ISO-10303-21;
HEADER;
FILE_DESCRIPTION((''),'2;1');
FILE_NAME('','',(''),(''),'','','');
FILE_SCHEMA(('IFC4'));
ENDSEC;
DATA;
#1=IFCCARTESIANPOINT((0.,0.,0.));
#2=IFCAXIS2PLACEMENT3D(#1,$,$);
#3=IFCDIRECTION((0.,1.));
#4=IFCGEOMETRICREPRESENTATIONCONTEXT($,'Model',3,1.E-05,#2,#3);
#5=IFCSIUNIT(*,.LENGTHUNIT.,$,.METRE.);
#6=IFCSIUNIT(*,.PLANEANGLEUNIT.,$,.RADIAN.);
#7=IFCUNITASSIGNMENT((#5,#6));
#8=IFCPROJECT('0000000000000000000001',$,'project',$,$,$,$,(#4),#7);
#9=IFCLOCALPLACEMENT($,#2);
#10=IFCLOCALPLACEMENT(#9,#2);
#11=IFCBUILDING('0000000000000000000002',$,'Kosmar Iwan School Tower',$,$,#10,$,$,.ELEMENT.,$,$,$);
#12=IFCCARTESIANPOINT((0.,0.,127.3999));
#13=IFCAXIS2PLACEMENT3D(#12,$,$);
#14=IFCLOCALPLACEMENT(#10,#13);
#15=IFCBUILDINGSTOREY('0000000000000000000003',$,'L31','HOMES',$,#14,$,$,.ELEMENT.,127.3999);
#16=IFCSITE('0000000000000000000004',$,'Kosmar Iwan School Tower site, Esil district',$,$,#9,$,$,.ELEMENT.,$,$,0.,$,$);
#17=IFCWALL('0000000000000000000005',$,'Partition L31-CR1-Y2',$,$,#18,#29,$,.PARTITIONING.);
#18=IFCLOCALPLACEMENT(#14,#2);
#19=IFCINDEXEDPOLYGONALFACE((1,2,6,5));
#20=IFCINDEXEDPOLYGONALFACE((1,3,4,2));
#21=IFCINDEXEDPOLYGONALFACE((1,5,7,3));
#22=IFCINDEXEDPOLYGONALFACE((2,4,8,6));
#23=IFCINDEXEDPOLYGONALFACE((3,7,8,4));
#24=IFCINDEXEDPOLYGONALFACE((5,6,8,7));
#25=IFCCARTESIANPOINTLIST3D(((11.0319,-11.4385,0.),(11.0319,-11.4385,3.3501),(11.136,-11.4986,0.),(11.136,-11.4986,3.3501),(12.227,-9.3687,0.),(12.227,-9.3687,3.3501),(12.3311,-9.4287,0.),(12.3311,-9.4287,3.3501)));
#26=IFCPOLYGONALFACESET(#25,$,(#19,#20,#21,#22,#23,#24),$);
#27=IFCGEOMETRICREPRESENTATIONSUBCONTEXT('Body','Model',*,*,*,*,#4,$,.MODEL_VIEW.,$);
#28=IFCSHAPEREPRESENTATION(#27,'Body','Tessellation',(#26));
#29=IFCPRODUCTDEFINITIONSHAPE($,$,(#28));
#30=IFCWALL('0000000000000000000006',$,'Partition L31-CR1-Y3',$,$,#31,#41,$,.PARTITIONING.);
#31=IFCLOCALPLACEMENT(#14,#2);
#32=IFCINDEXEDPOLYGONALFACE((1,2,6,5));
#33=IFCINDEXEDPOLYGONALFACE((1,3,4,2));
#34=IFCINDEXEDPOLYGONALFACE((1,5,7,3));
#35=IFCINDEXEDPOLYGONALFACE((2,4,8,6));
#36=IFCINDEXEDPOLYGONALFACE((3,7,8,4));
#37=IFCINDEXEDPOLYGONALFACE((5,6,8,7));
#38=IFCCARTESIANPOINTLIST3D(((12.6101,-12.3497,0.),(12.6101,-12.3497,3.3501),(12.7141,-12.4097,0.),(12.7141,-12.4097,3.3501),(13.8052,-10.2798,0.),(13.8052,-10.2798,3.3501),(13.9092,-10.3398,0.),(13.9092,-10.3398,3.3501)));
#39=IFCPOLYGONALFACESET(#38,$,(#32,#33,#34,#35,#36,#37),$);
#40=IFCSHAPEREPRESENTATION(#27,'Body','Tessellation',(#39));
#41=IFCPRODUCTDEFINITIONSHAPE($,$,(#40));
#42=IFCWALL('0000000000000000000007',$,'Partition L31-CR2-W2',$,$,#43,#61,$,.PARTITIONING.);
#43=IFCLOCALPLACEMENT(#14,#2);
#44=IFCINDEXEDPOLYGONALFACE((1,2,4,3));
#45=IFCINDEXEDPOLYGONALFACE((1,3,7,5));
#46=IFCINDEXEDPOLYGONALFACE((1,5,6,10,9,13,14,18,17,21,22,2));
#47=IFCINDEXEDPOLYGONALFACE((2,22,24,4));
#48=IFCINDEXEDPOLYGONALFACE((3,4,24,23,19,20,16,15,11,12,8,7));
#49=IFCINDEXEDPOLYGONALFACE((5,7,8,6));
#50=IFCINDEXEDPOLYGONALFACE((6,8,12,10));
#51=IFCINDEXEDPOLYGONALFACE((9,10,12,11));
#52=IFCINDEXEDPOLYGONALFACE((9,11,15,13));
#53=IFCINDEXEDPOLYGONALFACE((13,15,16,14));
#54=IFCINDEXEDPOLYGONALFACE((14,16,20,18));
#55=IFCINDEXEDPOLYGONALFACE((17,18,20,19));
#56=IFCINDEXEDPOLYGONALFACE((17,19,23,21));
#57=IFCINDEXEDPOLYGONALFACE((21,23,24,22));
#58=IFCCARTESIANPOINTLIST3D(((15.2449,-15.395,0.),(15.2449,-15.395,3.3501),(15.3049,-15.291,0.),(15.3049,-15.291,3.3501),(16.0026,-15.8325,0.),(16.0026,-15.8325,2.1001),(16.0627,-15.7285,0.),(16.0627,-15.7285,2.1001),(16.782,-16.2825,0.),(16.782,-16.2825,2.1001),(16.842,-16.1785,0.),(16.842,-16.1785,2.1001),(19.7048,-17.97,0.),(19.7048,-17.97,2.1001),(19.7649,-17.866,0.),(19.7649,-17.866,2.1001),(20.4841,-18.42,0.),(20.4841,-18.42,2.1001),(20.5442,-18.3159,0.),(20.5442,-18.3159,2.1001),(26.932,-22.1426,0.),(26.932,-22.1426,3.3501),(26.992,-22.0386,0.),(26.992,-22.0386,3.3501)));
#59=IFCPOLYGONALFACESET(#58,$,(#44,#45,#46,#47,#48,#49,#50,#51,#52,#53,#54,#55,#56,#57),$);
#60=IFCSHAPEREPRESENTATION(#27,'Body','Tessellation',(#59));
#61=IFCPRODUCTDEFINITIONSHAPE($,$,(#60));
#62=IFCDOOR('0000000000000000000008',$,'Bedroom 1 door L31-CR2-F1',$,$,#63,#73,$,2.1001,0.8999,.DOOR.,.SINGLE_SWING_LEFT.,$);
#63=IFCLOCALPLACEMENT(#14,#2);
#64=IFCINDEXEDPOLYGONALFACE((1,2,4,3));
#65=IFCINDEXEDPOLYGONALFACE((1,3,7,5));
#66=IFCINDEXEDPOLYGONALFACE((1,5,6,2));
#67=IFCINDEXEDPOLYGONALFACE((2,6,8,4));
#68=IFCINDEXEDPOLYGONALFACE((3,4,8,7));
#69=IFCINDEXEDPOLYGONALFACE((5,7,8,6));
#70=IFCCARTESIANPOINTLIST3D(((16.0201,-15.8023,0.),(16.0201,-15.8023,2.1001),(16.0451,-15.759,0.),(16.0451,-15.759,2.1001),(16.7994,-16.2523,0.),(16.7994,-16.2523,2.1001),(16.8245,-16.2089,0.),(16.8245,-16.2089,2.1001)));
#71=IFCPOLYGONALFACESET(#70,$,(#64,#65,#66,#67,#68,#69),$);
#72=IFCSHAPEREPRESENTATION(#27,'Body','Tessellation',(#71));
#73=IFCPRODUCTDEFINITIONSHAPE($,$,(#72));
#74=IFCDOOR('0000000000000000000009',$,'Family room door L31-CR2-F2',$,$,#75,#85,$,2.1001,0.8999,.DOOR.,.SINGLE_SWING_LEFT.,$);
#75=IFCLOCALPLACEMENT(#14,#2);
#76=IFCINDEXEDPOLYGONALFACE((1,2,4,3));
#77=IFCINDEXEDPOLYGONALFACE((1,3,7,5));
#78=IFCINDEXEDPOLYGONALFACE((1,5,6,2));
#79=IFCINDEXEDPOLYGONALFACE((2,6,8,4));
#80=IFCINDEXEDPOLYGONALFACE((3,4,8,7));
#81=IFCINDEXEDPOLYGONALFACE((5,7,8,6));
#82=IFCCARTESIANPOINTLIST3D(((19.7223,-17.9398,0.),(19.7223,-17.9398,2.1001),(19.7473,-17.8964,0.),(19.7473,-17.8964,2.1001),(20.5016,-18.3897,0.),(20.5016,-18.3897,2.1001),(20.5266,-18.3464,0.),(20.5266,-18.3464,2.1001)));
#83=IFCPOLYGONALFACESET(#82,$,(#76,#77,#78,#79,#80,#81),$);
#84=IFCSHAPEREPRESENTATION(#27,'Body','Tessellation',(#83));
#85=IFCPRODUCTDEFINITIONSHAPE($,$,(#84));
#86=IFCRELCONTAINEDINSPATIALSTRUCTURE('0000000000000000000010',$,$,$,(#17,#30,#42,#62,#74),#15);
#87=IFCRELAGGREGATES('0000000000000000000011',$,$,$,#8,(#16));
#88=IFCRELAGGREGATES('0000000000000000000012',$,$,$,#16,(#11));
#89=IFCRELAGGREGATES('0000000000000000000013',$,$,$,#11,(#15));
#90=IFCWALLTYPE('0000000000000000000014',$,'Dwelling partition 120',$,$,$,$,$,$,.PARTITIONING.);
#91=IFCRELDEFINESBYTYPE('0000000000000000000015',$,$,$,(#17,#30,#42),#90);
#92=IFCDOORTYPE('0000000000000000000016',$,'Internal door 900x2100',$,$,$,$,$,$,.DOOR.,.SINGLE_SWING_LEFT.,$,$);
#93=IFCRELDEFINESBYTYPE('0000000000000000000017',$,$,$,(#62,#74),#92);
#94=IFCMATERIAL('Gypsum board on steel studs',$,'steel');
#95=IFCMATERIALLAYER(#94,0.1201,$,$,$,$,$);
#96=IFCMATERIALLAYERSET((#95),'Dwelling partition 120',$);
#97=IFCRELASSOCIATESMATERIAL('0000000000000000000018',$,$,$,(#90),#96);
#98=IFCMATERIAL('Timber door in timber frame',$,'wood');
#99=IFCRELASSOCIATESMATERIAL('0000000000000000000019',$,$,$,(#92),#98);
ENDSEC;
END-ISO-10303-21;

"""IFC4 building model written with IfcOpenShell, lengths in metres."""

from ifc_helpers import new_model, si_unit, direction, frame, frame_2d, origin, place, context, subcontext, project, spatial, rectangle, extrude, material, layer, layer_set, type_object, element, fill, save


model = new_model("IFC4")

# Units and contexts
model_context = context("Model", 3, precision=1e-05, world=origin(), true_north=direction((0.0, 1.0)))
body_context = subcontext(model_context, "Body", "Model", "MODEL_VIEW")
ifc_project = project(units=[si_unit("LENGTHUNIT", "METRE"), si_unit("PLANEANGLEUNIT", "RADIAN")], contexts=[model_context])

# Site, building, storey
site_placement = place(None, origin())
site = spatial("IfcSite", under=ifc_project, at=site_placement, Name="Kosmar Iwan School Tower site, Esil district", CompositionType="ELEMENT", RefElevation=0.0)
building_placement = place(site_placement, origin())
building = spatial("IfcBuilding", under=site, at=building_placement, Name="Kosmar Iwan School Tower", CompositionType="ELEMENT")
storey_placement = place(building_placement, frame((0.0, 0.0, 127.3999)))
storey = spatial("IfcBuildingStorey", under=building, at=storey_placement, Name="L31", Description="HOMES", CompositionType="ELEMENT", Elevation=127.3999)

# Walls
ifc_material_1 = material(Name="Gypsum board on steel studs", Category="steel")
ifc_layer_1 = layer(ifc_material_1, 0.1201)
ifc_layer_set_1 = layer_set([ifc_layer_1], Name="Dwelling partition 120")
wall_type_1 = type_object("IfcWallType", Name="Dwelling partition 120", PredefinedType="PARTITIONING", material=ifc_layer_set_1)
for number, where, z_axis, x_axis, name in (
    (1, (12.2791, -9.3987, 0.0), (0.0, 0.0, 1.0), (-0.500017, -0.866015, 0.0), "Partition L31-CR1-Y2"),
    (2, (13.8572, -10.3098, 0.0), (0.0, 0.0, 1.0), (-0.500017, -0.866015, 0.0), "Partition L31-CR1-Y3"),
):
    element("IfcWall", number, at=place(storey_placement, frame(where, z_axis=z_axis, x_axis=x_axis)), inside=storey, type_object=wall_type_1, Name=name, PredefinedType="PARTITIONING", context=body_context, shape_type="SweptSolid", body=[
        extrude(rectangle(XDim=2.3901, YDim=0.1201, at=frame_2d((1.1951, 0.0))), origin(), (0.0, 0.0, 1.0), 3.3501),
    ])

# Wall, openings, doors
wall_1_placement = place(storey_placement, frame((15.2749, -15.343, 0.0), z_axis=(0.0, 0.0, 1.0), x_axis=(0.866024, -0.500003, 0.0)))
wall_1 = element("IfcWall", 3, at=wall_1_placement, inside=storey, type_object=wall_type_1, Name="Partition L31-CR2-W2", PredefinedType="PARTITIONING", context=body_context, shape_type="SweptSolid", body=[
    extrude(rectangle(XDim=13.4951, YDim=0.1201, at=frame_2d((6.7476, 0.0))), origin(), (0.0, 0.0, 1.0), 3.3501),
])
opening_1_placement = place(wall_1_placement, frame((0.875, 0.0, 0.0)))
opening_1 = element("IfcOpeningElement", 4, at=opening_1_placement, cuts=wall_1, PredefinedType="OPENING", context=body_context, shape_type="SweptSolid", body=[
    extrude(rectangle(XDim=0.8999, YDim=2.1001, at=frame_2d((0.45, 1.05))), frame((0.0, 0.072, 0.0), z_axis=(0.0, -1.0, 0.0), x_axis=(1.0, 0.0, 0.0)), (0.0, 0.0, 1.0), 0.144),
])
opening_2_placement = place(wall_1_placement, frame((5.1499, 0.0, 0.0)))
opening_2 = element("IfcOpeningElement", 5, at=opening_2_placement, cuts=wall_1, PredefinedType="OPENING", context=body_context, shape_type="SweptSolid", body=[
    extrude(rectangle(XDim=0.8999, YDim=2.1001, at=frame_2d((0.45, 1.05))), frame((0.0, 0.072, 0.0), z_axis=(0.0, -1.0, 0.0), x_axis=(1.0, 0.0, 0.0)), (0.0, 0.0, 1.0), 0.144),
])
ifc_material_2 = material(Name="Timber door in timber frame", Category="wood")
door_type_1 = type_object("IfcDoorType", Name="Internal door 900x2100", OperationType="SINGLE_SWING_LEFT", PredefinedType="DOOR", material=ifc_material_2)
door_1_placement = place(opening_1_placement, origin())
door_1 = element("IfcDoor", 6, at=door_1_placement, inside=storey, type_object=door_type_1, Name="Bedroom 1 door L31-CR2-F1", OperationType="SINGLE_SWING_LEFT", OverallHeight=2.1001, OverallWidth=0.8999, PredefinedType="DOOR", context=body_context, shape_type="SweptSolid", body=[
    extrude(rectangle(XDim=0.8999, YDim=2.1001, at=frame_2d((0.45, 1.05))), frame((0.0, 0.0249, 0.0), z_axis=(0.0, -1.0, 0.0), x_axis=(1.0, 0.0, 0.0)), (0.0, 0.0, 1.0), 0.05),
])
fill(opening_1, door_1)
door_2_placement = place(opening_2_placement, origin())
door_2 = element("IfcDoor", 7, at=door_2_placement, inside=storey, type_object=door_type_1, Name="Family room door L31-CR2-F2", OperationType="SINGLE_SWING_LEFT", OverallHeight=2.1001, OverallWidth=0.8999, PredefinedType="DOOR", context=body_context, shape_type="SweptSolid", body=[
    extrude(rectangle(XDim=0.8999, YDim=2.1001, at=frame_2d((0.45, 1.05))), frame((0.0, 0.0249, 0.0), z_axis=(0.0, -1.0, 0.0), x_axis=(1.0, 0.0, 0.0)), (0.0, 0.0, 1.0), 0.05),
])
fill(opening_2, door_2)

save(model, "model.ifc")
